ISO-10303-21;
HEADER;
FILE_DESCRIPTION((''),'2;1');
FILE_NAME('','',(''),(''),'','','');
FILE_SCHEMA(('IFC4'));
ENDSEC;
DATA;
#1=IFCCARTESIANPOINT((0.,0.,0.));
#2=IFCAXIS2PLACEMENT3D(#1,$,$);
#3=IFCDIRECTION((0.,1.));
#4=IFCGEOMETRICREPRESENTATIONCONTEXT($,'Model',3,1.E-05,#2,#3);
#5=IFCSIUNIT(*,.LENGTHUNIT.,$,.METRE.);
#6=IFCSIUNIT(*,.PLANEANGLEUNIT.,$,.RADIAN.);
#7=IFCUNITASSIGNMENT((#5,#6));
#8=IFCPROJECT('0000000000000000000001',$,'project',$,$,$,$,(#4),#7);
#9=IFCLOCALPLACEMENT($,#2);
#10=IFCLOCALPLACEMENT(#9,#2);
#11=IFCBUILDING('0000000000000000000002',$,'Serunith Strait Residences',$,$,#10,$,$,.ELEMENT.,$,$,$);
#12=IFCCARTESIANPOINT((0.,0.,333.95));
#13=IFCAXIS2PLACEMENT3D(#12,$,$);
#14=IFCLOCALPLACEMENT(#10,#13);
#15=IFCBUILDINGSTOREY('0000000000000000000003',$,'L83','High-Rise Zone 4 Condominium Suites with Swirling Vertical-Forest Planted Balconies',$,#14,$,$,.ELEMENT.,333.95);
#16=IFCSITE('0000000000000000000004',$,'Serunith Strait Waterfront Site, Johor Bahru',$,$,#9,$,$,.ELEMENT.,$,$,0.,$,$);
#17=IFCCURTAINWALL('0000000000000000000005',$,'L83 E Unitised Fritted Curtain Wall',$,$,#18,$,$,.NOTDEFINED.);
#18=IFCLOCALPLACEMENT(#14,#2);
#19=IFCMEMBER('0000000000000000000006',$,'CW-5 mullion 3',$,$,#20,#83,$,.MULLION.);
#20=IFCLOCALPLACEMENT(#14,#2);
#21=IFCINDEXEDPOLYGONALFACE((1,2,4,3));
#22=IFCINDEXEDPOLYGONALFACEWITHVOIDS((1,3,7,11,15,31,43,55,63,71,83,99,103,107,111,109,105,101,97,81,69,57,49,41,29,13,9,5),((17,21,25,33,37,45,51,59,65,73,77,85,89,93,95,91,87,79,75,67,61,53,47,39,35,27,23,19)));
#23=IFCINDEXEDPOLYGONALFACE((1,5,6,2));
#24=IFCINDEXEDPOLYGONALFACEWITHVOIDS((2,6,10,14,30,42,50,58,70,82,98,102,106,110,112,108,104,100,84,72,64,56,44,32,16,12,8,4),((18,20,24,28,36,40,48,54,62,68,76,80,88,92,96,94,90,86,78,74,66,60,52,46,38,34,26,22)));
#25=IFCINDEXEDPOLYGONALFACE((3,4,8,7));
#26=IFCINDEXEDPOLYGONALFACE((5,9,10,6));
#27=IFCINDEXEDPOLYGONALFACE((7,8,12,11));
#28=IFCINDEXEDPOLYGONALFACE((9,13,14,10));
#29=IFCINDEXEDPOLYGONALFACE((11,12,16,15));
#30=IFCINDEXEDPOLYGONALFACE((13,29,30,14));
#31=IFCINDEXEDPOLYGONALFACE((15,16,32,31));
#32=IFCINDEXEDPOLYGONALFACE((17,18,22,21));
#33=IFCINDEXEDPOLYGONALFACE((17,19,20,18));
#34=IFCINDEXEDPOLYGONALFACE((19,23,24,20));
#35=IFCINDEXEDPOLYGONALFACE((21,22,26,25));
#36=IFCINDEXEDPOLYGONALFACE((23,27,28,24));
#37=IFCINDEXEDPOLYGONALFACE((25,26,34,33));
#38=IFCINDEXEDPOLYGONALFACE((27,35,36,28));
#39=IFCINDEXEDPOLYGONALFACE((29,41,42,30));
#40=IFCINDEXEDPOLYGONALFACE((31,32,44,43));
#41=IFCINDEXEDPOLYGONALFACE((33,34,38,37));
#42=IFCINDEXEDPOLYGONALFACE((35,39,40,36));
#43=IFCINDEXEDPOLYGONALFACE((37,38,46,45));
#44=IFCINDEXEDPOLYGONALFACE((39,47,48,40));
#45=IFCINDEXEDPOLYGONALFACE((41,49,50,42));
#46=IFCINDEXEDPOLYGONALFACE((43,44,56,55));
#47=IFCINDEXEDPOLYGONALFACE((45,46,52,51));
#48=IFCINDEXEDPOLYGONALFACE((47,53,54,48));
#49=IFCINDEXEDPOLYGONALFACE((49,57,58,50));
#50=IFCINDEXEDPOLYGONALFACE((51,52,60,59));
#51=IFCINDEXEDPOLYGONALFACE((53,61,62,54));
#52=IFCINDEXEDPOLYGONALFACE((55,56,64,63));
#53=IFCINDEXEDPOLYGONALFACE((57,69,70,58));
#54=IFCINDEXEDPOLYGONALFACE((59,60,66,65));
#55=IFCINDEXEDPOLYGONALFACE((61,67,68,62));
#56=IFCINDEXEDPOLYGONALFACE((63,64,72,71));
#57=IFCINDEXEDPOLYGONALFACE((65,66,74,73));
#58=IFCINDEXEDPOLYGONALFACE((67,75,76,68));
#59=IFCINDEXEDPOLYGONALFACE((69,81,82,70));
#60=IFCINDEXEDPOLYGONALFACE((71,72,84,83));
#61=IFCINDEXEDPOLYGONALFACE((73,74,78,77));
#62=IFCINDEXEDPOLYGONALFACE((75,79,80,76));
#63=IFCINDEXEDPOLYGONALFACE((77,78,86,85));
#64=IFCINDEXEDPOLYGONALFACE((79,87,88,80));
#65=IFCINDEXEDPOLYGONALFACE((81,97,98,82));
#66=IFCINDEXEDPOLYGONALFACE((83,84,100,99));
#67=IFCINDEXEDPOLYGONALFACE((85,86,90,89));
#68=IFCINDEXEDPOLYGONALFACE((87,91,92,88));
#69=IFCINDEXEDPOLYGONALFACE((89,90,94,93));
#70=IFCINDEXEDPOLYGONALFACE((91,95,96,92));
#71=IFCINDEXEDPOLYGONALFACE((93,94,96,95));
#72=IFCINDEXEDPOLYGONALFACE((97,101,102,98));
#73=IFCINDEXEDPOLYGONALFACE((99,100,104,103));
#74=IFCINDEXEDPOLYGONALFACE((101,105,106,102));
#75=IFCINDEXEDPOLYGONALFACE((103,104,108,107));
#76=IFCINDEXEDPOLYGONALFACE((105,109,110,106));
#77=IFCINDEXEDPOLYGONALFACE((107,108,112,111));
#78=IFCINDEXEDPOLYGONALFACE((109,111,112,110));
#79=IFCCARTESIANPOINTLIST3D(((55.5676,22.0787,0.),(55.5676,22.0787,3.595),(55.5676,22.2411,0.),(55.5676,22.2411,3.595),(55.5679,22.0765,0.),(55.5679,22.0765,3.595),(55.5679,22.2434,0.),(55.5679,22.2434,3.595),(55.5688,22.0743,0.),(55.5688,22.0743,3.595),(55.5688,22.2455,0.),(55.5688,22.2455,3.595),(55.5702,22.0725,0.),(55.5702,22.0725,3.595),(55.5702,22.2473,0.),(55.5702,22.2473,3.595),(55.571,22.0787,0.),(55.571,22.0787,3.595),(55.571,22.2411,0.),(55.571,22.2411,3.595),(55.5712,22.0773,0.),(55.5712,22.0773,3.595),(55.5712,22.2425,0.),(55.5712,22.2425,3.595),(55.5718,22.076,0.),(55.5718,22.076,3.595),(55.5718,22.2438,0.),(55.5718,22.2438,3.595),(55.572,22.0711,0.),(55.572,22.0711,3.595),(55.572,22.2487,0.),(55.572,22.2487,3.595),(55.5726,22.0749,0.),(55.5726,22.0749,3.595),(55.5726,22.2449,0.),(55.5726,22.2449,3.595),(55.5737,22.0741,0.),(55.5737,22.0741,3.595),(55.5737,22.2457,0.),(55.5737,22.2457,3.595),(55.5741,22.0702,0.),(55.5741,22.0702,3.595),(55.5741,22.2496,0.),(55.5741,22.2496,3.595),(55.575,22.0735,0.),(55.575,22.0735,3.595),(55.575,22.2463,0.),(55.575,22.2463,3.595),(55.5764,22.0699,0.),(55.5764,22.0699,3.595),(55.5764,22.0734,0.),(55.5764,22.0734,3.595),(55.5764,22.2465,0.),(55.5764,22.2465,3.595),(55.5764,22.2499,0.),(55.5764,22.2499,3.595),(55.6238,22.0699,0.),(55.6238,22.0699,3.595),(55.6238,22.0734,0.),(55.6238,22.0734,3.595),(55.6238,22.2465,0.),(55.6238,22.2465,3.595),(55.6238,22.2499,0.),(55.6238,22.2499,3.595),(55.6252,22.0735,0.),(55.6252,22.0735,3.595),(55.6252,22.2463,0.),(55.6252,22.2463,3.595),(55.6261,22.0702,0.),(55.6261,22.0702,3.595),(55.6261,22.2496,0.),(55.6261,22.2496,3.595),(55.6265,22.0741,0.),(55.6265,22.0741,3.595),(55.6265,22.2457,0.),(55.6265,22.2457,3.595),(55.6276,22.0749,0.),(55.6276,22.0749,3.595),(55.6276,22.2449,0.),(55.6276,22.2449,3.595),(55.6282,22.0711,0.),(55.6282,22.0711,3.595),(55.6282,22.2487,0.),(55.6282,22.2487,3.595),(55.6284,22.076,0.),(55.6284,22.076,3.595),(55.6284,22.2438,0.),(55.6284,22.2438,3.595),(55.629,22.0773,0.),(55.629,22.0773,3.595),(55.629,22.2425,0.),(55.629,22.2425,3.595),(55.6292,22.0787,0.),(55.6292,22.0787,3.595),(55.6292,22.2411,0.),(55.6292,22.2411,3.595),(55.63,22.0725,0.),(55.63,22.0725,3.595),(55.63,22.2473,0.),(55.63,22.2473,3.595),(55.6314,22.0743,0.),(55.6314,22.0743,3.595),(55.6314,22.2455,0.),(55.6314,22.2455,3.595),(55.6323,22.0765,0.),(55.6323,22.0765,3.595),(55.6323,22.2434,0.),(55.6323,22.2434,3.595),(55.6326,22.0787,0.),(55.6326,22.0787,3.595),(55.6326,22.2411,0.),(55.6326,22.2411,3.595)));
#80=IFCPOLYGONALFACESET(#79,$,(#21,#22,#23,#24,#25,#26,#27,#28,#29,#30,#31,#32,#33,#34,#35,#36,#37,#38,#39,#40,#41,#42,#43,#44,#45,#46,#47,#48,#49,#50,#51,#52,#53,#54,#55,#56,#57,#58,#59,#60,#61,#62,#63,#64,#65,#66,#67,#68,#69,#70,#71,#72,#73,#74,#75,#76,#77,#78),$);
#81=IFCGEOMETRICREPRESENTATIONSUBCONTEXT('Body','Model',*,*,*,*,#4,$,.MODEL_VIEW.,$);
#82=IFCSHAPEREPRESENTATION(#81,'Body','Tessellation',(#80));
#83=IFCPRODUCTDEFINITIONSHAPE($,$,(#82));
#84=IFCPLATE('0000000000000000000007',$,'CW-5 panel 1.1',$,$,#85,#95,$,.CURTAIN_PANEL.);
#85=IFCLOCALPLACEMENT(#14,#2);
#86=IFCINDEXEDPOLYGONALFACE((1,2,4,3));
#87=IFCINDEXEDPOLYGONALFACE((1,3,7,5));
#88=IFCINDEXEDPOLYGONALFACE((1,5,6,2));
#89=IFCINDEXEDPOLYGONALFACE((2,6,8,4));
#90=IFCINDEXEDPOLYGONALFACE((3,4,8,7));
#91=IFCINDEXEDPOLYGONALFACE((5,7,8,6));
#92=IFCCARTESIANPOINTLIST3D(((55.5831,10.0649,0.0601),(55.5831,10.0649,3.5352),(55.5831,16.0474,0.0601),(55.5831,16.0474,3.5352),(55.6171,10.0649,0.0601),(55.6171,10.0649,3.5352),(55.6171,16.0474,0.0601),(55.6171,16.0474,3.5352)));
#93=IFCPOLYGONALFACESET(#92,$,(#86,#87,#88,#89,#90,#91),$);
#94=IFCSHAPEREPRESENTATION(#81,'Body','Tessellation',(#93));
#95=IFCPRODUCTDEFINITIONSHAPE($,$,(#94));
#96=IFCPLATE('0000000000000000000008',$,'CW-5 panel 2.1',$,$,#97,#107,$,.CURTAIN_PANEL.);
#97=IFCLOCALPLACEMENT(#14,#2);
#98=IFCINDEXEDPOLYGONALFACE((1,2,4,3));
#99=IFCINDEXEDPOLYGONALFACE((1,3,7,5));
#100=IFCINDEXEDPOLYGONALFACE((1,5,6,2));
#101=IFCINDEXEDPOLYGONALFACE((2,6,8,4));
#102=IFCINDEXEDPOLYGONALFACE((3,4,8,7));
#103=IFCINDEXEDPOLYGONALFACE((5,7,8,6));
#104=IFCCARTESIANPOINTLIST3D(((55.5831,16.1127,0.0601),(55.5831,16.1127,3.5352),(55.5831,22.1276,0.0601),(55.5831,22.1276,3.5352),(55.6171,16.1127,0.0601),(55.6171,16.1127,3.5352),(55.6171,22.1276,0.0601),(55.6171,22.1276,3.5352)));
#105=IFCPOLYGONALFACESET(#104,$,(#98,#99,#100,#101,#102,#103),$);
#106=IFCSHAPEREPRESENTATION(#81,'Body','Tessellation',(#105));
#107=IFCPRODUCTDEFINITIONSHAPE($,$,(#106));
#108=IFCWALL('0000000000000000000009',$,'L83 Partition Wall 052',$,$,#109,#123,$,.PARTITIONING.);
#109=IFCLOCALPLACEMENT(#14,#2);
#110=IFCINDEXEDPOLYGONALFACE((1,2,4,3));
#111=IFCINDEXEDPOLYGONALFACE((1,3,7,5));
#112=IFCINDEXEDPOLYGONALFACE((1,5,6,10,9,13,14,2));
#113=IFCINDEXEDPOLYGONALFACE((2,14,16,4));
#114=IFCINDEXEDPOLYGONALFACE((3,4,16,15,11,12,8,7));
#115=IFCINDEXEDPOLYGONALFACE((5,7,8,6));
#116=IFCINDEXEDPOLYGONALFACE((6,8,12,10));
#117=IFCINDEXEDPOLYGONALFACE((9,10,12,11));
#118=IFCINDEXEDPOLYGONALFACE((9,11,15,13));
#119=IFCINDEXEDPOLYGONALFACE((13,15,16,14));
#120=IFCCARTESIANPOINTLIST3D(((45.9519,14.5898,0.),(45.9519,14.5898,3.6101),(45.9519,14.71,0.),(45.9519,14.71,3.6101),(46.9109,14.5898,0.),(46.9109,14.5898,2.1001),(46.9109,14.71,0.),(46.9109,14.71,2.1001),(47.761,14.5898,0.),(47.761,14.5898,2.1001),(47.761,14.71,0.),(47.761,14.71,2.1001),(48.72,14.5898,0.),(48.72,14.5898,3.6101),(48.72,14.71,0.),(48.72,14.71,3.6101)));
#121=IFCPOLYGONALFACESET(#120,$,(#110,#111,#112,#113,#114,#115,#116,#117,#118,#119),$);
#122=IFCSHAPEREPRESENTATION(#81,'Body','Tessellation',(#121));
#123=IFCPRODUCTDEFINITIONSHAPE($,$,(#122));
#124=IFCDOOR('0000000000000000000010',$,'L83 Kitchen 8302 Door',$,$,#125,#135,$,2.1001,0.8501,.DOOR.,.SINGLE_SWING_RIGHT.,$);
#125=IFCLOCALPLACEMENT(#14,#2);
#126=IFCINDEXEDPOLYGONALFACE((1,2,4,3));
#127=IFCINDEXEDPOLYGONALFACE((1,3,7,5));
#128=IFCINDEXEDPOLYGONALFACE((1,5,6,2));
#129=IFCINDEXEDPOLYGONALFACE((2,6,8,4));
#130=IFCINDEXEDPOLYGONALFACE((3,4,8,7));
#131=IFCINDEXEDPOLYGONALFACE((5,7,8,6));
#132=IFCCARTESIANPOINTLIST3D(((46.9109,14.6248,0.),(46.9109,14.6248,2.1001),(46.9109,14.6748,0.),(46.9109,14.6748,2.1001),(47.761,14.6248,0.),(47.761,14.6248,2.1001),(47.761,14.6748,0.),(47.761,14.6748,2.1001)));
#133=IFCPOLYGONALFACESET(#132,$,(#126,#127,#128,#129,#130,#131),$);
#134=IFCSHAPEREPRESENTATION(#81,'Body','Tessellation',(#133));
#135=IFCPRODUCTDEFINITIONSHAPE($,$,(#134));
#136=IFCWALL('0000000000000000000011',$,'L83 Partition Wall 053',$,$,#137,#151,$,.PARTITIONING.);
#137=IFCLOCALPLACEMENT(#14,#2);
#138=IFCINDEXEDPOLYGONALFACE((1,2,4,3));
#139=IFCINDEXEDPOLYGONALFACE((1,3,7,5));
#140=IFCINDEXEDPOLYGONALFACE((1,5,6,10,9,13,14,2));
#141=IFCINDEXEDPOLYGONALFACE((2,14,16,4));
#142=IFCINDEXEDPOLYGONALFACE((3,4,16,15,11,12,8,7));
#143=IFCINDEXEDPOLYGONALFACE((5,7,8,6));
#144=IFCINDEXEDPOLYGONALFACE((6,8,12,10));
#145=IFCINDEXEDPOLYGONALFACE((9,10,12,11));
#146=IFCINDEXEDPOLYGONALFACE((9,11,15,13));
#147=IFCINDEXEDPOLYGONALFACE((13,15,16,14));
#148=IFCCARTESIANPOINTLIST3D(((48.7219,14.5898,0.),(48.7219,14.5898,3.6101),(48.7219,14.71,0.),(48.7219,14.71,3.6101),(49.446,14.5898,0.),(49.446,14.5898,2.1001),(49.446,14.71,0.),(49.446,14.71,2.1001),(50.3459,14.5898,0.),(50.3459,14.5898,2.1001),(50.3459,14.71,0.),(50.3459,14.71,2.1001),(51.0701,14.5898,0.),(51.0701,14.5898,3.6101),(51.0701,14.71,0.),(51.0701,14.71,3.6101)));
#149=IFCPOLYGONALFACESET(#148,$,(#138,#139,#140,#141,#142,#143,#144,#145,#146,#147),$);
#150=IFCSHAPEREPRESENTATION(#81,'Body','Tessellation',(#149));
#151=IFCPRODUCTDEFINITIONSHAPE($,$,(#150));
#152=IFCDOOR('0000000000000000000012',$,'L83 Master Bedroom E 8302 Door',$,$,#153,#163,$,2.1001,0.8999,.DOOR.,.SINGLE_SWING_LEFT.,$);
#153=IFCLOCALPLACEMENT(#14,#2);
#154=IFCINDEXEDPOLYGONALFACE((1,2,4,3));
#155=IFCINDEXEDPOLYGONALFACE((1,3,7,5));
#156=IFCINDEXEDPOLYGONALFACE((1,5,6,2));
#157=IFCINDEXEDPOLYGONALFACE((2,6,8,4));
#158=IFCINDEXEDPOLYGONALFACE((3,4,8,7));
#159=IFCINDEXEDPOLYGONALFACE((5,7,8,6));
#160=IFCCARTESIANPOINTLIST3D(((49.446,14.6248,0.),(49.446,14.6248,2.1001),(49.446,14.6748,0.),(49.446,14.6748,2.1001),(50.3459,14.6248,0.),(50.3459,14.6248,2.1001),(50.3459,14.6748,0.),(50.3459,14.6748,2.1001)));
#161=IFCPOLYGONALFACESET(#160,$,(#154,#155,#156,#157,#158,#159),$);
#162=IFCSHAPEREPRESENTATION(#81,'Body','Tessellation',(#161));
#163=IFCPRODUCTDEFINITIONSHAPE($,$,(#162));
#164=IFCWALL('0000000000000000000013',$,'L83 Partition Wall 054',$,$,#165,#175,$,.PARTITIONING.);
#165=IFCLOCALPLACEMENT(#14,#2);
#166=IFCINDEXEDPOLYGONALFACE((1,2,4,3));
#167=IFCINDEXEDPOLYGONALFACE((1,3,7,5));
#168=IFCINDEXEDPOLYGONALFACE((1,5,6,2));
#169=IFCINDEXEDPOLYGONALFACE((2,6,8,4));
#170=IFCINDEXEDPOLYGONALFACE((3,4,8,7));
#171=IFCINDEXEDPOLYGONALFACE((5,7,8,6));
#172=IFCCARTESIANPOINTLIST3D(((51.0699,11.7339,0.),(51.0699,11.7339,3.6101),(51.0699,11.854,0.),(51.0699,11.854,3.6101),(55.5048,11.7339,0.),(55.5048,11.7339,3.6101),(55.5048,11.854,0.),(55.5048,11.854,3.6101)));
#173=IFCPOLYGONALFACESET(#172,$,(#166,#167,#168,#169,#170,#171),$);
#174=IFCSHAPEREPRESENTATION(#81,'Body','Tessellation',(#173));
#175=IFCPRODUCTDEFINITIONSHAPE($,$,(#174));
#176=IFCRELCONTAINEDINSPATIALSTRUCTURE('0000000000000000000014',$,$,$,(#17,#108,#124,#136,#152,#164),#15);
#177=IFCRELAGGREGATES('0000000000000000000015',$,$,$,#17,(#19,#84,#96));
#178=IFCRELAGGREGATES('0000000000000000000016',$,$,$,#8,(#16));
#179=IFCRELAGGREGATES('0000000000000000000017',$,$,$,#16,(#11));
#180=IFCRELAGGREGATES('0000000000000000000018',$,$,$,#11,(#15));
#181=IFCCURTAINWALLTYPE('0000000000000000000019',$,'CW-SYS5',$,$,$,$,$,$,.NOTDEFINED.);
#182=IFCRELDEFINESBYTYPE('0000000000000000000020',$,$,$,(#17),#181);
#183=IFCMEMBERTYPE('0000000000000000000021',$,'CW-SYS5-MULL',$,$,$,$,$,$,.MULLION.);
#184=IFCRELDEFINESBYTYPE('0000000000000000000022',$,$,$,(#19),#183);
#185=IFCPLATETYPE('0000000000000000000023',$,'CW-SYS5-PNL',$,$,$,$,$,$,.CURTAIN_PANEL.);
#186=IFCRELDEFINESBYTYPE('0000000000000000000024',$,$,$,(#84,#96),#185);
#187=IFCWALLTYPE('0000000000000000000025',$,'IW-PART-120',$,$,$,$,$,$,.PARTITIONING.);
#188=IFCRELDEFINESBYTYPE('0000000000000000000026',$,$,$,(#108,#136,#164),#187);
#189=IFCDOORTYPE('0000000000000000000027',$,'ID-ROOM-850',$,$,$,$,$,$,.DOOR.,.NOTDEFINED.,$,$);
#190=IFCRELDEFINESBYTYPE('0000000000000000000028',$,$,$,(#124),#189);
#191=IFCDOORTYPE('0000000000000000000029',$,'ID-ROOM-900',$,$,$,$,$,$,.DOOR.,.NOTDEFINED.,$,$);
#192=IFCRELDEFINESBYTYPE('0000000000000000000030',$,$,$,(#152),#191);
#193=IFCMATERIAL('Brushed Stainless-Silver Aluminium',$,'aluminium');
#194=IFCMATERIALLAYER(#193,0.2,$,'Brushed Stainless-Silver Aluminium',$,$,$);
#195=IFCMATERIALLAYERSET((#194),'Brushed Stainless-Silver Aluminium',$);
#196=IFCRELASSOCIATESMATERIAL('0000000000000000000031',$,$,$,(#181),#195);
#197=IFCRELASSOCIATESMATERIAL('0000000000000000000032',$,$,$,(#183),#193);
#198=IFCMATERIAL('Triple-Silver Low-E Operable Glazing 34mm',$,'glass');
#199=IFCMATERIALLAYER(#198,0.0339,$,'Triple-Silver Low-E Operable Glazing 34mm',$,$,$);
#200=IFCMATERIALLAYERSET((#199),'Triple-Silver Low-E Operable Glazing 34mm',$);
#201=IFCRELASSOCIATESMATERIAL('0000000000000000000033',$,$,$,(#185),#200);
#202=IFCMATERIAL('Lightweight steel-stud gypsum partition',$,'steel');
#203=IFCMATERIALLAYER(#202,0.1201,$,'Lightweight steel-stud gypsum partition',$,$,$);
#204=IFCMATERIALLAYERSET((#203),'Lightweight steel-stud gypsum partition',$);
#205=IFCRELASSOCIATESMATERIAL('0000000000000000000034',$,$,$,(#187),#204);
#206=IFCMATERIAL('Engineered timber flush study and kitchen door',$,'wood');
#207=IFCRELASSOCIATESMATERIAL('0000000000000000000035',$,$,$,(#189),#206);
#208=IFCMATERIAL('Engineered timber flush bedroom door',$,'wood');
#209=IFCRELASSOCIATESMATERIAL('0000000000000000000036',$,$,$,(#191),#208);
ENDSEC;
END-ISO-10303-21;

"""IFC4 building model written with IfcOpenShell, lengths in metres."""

from ifc_helpers import new_model, si_unit, direction, frame, frame_2d, origin, origin_2d, place, context, subcontext, project, spatial, rectangle, hollow_rectangle, extrude, source, transform, mapped, material, layer, layer_set, material_profile, profile_set, type_object, element, fill, aggregate, save


model = new_model("IFC4")

# Units and contexts
model_context = context("Model", 3, precision=1e-05, world=origin(), true_north=direction((0.0, 1.0)))
body_context = subcontext(model_context, "Body", "Model", "MODEL_VIEW")
ifc_project = project(units=[si_unit("LENGTHUNIT", "METRE"), si_unit("PLANEANGLEUNIT", "RADIAN")], contexts=[model_context])

# Site, building, storey
site_placement = place(None, origin())
site = spatial("IfcSite", under=ifc_project, at=site_placement, Name="Serunith Strait Waterfront Site, Johor Bahru", CompositionType="ELEMENT", RefElevation=0.0)
building_placement = place(site_placement, origin())
building = spatial("IfcBuilding", under=site, at=building_placement, Name="Serunith Strait Residences", CompositionType="ELEMENT")
storey_placement = place(building_placement, frame((0.0, 0.0, 333.95)))
storey = spatial("IfcBuildingStorey", under=building, at=storey_placement, Name="L83", Description="High-Rise Zone 4 Condominium Suites with Swirling Vertical-Forest Planted Balconies", CompositionType="ELEMENT", Elevation=333.95)

# Curtain wall, member, plates
ifc_material_1 = material(Name="Brushed Stainless-Silver Aluminium", Category="aluminium")
ifc_layer_1 = layer(ifc_material_1, 0.2, Name="Brushed Stainless-Silver Aluminium")
ifc_layer_set_1 = layer_set([ifc_layer_1], Name="Brushed Stainless-Silver Aluminium")
curtain_wall_type = type_object("IfcCurtainWallType", Name="CW-SYS5", PredefinedType="NOTDEFINED", material=ifc_layer_set_1)
curtain_wall_placement = place(storey_placement, origin())
curtain_wall = element("IfcCurtainWall", 1, at=curtain_wall_placement, inside=storey, type_object=curtain_wall_type, Name="L83 E Unitised Fritted Curtain Wall", PredefinedType="NOTDEFINED")
ifc_material_profile_1 = material_profile(ifc_material_1, hollow_rectangle(XDim=0.0649, YDim=0.1799, WallThickness=0.0034, InnerFilletRadius=0.0054, OuterFilletRadius=0.0088, at=origin_2d()), Name="ALU 180x65x3.5")
ifc_profile_set_1 = profile_set([ifc_material_profile_1], Name="Brushed Stainless-Silver Aluminium")
member_type_1 = type_object("IfcMemberType", Name="CW-SYS5-MULL", PredefinedType="MULLION", material=ifc_profile_set_1)
shared_shape_1 = source(origin(), body_context, "Body", "SweptSolid", [
    extrude(hollow_rectangle(XDim=0.0649, YDim=0.1799, WallThickness=0.0034, InnerFilletRadius=0.0054, OuterFilletRadius=0.0088, at=origin_2d()), origin(), (0.0, 0.0, 1.0), 3.595),
])
member_1_placement = place(storey_placement, frame((55.6001, 22.1599, 0.0), z_axis=(0.0, 0.0, 1.0), x_axis=(-1.0, 0.0, 0.0)))
member_1 = element("IfcMember", 2, at=member_1_placement, type_object=member_type_1, Name="CW-5 mullion 3", PredefinedType="MULLION", context=body_context, shape_type="MappedRepresentation", body=[
    mapped(shared_shape_1, transform((0.0, 0.0, 0.0), scale=1.0)),
])
ifc_material_2 = material(Name="Triple-Silver Low-E Operable Glazing 34mm", Category="glass")
ifc_layer_2 = layer(ifc_material_2, 0.0339, Name="Triple-Silver Low-E Operable Glazing 34mm")
ifc_layer_set_2 = layer_set([ifc_layer_2], Name="Triple-Silver Low-E Operable Glazing 34mm")
plate_type = type_object("IfcPlateType", Name="CW-SYS5-PNL", PredefinedType="CURTAIN_PANEL", material=ifc_layer_set_2)
shared_shape_2 = source(origin(), body_context, "Body", "SweptSolid", [
    extrude(rectangle(XDim=5.9824, YDim=0.0339, at=origin_2d()), origin(), (0.0, 0.0, 1.0), 3.4751),
])
plate_1_placement = place(storey_placement, frame((55.6001, 13.0562, 0.0601), z_axis=(0.0, 0.0, 1.0), x_axis=(0.0, 1.0, 0.0)))
plate_1 = element("IfcPlate", 3, at=plate_1_placement, type_object=plate_type, Name="CW-5 panel 1.1", PredefinedType="CURTAIN_PANEL", context=body_context, shape_type="MappedRepresentation", body=[
    mapped(shared_shape_2, transform((0.0, 0.0, 0.0), scale=1.0)),
])
shared_shape_3 = source(origin(), body_context, "Body", "SweptSolid", [
    extrude(rectangle(XDim=6.0149, YDim=0.0339, at=origin_2d()), origin(), (0.0, 0.0, 1.0), 3.4751),
])
plate_2_placement = place(storey_placement, frame((55.6001, 19.1201, 0.0601), z_axis=(0.0, 0.0, 1.0), x_axis=(0.0, 1.0, 0.0)))
plate_2 = element("IfcPlate", 4, at=plate_2_placement, type_object=plate_type, Name="CW-5 panel 2.1", PredefinedType="CURTAIN_PANEL", context=body_context, shape_type="MappedRepresentation", body=[
    mapped(shared_shape_3, transform((0.0, 0.0, 0.0), scale=1.0)),
])
aggregate(curtain_wall, [member_1, plate_1, plate_2])

# Walls, openings, doors
ifc_material_3 = material(Name="Lightweight steel-stud gypsum partition", Category="steel")
ifc_layer_3 = layer(ifc_material_3, 0.1201, Name="Lightweight steel-stud gypsum partition")
ifc_layer_set_3 = layer_set([ifc_layer_3], Name="Lightweight steel-stud gypsum partition")
wall_type = type_object("IfcWallType", Name="IW-PART-120", PredefinedType="PARTITIONING", material=ifc_layer_set_3)
wall_1_placement = place(storey_placement, frame((45.9519, 14.6499, 0.0), z_axis=(0.0, 0.0, 1.0), x_axis=(1.0, 0.0, 0.0)))
wall_1 = element("IfcWall", 5, at=wall_1_placement, inside=storey, type_object=wall_type, Name="L83 Partition Wall 052", PredefinedType="PARTITIONING", context=body_context, shape_type="SweptSolid", body=[
    extrude(rectangle(XDim=2.7681, YDim=0.1201, at=frame_2d((1.384, 0.0))), origin(), (0.0, 0.0, 1.0), 3.6101),
])
opening_1_placement = place(wall_1_placement, frame((0.959, 0.0, 0.0)))
opening_1 = element("IfcOpeningElement", 6, at=opening_1_placement, cuts=wall_1, PredefinedType="OPENING", context=body_context, shape_type="SweptSolid", body=[
    extrude(rectangle(XDim=0.8501, YDim=2.1001, at=frame_2d((0.425, 1.05))), frame((0.0, 0.0701, 0.0), z_axis=(0.0, -1.0, 0.0), x_axis=(1.0, 0.0, 0.0)), (0.0, 0.0, 1.0), 0.1401),
])
ifc_material_4 = material(Name="Engineered timber flush study and kitchen door", Category="wood")
door_type_1 = type_object("IfcDoorType", Name="ID-ROOM-850", OperationType="NOTDEFINED", PredefinedType="DOOR", material=ifc_material_4)
shared_shape_4 = source(origin(), body_context, "Body", "SweptSolid", [
    extrude(rectangle(XDim=0.8501, YDim=2.1001, at=frame_2d((0.425, 1.05))), frame((0.0, 0.0249, 0.0), z_axis=(0.0, -1.0, 0.0), x_axis=(1.0, 0.0, 0.0)), (0.0, 0.0, 1.0), 0.05),
])
door_1_placement = place(opening_1_placement, origin())
door_1 = element("IfcDoor", 7, at=door_1_placement, inside=storey, type_object=door_type_1, Name="L83 Kitchen 8302 Door", OperationType="SINGLE_SWING_RIGHT", OverallHeight=2.1001, OverallWidth=0.8501, PredefinedType="DOOR", context=body_context, shape_type="MappedRepresentation", body=[
    mapped(shared_shape_4, transform((0.0, 0.0, 0.0), scale=1.0)),
])
fill(opening_1, door_1)
wall_2_placement = place(storey_placement, frame((48.7219, 14.6499, 0.0), z_axis=(0.0, 0.0, 1.0), x_axis=(1.0, 0.0, 0.0)))
wall_2 = element("IfcWall", 8, at=wall_2_placement, inside=storey, type_object=wall_type, Name="L83 Partition Wall 053", PredefinedType="PARTITIONING", context=body_context, shape_type="SweptSolid", body=[
    extrude(rectangle(XDim=2.3481, YDim=0.1201, at=frame_2d((1.1741, 0.0))), origin(), (0.0, 0.0, 1.0), 3.6101),
])
opening_2_placement = place(wall_2_placement, frame((0.7241, 0.0, 0.0)))
opening_2 = element("IfcOpeningElement", 9, at=opening_2_placement, cuts=wall_2, PredefinedType="OPENING", context=body_context, shape_type="SweptSolid", body=[
    extrude(rectangle(XDim=0.8999, YDim=2.1001, at=frame_2d((0.45, 1.05))), frame((0.0, 0.0701, 0.0), z_axis=(0.0, -1.0, 0.0), x_axis=(1.0, 0.0, 0.0)), (0.0, 0.0, 1.0), 0.1401),
])
ifc_material_5 = material(Name="Engineered timber flush bedroom door", Category="wood")
door_type_2 = type_object("IfcDoorType", Name="ID-ROOM-900", OperationType="NOTDEFINED", PredefinedType="DOOR", material=ifc_material_5)
shared_shape_5 = source(origin(), body_context, "Body", "SweptSolid", [
    extrude(rectangle(XDim=0.8999, YDim=2.1001, at=frame_2d((0.45, 1.05))), frame((0.0, 0.0249, 0.0), z_axis=(0.0, -1.0, 0.0), x_axis=(1.0, 0.0, 0.0)), (0.0, 0.0, 1.0), 0.05),
])
door_2_placement = place(opening_2_placement, origin())
door_2 = element("IfcDoor", 10, at=door_2_placement, inside=storey, type_object=door_type_2, Name="L83 Master Bedroom E 8302 Door", OperationType="SINGLE_SWING_LEFT", OverallHeight=2.1001, OverallWidth=0.8999, PredefinedType="DOOR", context=body_context, shape_type="MappedRepresentation", body=[
    mapped(shared_shape_5, transform((0.0, 0.0, 0.0), scale=1.0)),
])
fill(opening_2, door_2)

# Wall
wall_3_placement = place(storey_placement, frame((51.0701, 11.7939, 0.0), z_axis=(0.0, 0.0, 1.0), x_axis=(1.0, 0.0, 0.0)))
element("IfcWall", 11, at=wall_3_placement, inside=storey, type_object=wall_type, Name="L83 Partition Wall 054", PredefinedType="PARTITIONING", context=body_context, shape_type="SweptSolid", body=[
    extrude(rectangle(XDim=4.4348, YDim=0.1201, at=frame_2d((2.2173, 0.0))), origin(), (0.0, 0.0, 1.0), 3.6101),
])

save(model, "model.ifc")
